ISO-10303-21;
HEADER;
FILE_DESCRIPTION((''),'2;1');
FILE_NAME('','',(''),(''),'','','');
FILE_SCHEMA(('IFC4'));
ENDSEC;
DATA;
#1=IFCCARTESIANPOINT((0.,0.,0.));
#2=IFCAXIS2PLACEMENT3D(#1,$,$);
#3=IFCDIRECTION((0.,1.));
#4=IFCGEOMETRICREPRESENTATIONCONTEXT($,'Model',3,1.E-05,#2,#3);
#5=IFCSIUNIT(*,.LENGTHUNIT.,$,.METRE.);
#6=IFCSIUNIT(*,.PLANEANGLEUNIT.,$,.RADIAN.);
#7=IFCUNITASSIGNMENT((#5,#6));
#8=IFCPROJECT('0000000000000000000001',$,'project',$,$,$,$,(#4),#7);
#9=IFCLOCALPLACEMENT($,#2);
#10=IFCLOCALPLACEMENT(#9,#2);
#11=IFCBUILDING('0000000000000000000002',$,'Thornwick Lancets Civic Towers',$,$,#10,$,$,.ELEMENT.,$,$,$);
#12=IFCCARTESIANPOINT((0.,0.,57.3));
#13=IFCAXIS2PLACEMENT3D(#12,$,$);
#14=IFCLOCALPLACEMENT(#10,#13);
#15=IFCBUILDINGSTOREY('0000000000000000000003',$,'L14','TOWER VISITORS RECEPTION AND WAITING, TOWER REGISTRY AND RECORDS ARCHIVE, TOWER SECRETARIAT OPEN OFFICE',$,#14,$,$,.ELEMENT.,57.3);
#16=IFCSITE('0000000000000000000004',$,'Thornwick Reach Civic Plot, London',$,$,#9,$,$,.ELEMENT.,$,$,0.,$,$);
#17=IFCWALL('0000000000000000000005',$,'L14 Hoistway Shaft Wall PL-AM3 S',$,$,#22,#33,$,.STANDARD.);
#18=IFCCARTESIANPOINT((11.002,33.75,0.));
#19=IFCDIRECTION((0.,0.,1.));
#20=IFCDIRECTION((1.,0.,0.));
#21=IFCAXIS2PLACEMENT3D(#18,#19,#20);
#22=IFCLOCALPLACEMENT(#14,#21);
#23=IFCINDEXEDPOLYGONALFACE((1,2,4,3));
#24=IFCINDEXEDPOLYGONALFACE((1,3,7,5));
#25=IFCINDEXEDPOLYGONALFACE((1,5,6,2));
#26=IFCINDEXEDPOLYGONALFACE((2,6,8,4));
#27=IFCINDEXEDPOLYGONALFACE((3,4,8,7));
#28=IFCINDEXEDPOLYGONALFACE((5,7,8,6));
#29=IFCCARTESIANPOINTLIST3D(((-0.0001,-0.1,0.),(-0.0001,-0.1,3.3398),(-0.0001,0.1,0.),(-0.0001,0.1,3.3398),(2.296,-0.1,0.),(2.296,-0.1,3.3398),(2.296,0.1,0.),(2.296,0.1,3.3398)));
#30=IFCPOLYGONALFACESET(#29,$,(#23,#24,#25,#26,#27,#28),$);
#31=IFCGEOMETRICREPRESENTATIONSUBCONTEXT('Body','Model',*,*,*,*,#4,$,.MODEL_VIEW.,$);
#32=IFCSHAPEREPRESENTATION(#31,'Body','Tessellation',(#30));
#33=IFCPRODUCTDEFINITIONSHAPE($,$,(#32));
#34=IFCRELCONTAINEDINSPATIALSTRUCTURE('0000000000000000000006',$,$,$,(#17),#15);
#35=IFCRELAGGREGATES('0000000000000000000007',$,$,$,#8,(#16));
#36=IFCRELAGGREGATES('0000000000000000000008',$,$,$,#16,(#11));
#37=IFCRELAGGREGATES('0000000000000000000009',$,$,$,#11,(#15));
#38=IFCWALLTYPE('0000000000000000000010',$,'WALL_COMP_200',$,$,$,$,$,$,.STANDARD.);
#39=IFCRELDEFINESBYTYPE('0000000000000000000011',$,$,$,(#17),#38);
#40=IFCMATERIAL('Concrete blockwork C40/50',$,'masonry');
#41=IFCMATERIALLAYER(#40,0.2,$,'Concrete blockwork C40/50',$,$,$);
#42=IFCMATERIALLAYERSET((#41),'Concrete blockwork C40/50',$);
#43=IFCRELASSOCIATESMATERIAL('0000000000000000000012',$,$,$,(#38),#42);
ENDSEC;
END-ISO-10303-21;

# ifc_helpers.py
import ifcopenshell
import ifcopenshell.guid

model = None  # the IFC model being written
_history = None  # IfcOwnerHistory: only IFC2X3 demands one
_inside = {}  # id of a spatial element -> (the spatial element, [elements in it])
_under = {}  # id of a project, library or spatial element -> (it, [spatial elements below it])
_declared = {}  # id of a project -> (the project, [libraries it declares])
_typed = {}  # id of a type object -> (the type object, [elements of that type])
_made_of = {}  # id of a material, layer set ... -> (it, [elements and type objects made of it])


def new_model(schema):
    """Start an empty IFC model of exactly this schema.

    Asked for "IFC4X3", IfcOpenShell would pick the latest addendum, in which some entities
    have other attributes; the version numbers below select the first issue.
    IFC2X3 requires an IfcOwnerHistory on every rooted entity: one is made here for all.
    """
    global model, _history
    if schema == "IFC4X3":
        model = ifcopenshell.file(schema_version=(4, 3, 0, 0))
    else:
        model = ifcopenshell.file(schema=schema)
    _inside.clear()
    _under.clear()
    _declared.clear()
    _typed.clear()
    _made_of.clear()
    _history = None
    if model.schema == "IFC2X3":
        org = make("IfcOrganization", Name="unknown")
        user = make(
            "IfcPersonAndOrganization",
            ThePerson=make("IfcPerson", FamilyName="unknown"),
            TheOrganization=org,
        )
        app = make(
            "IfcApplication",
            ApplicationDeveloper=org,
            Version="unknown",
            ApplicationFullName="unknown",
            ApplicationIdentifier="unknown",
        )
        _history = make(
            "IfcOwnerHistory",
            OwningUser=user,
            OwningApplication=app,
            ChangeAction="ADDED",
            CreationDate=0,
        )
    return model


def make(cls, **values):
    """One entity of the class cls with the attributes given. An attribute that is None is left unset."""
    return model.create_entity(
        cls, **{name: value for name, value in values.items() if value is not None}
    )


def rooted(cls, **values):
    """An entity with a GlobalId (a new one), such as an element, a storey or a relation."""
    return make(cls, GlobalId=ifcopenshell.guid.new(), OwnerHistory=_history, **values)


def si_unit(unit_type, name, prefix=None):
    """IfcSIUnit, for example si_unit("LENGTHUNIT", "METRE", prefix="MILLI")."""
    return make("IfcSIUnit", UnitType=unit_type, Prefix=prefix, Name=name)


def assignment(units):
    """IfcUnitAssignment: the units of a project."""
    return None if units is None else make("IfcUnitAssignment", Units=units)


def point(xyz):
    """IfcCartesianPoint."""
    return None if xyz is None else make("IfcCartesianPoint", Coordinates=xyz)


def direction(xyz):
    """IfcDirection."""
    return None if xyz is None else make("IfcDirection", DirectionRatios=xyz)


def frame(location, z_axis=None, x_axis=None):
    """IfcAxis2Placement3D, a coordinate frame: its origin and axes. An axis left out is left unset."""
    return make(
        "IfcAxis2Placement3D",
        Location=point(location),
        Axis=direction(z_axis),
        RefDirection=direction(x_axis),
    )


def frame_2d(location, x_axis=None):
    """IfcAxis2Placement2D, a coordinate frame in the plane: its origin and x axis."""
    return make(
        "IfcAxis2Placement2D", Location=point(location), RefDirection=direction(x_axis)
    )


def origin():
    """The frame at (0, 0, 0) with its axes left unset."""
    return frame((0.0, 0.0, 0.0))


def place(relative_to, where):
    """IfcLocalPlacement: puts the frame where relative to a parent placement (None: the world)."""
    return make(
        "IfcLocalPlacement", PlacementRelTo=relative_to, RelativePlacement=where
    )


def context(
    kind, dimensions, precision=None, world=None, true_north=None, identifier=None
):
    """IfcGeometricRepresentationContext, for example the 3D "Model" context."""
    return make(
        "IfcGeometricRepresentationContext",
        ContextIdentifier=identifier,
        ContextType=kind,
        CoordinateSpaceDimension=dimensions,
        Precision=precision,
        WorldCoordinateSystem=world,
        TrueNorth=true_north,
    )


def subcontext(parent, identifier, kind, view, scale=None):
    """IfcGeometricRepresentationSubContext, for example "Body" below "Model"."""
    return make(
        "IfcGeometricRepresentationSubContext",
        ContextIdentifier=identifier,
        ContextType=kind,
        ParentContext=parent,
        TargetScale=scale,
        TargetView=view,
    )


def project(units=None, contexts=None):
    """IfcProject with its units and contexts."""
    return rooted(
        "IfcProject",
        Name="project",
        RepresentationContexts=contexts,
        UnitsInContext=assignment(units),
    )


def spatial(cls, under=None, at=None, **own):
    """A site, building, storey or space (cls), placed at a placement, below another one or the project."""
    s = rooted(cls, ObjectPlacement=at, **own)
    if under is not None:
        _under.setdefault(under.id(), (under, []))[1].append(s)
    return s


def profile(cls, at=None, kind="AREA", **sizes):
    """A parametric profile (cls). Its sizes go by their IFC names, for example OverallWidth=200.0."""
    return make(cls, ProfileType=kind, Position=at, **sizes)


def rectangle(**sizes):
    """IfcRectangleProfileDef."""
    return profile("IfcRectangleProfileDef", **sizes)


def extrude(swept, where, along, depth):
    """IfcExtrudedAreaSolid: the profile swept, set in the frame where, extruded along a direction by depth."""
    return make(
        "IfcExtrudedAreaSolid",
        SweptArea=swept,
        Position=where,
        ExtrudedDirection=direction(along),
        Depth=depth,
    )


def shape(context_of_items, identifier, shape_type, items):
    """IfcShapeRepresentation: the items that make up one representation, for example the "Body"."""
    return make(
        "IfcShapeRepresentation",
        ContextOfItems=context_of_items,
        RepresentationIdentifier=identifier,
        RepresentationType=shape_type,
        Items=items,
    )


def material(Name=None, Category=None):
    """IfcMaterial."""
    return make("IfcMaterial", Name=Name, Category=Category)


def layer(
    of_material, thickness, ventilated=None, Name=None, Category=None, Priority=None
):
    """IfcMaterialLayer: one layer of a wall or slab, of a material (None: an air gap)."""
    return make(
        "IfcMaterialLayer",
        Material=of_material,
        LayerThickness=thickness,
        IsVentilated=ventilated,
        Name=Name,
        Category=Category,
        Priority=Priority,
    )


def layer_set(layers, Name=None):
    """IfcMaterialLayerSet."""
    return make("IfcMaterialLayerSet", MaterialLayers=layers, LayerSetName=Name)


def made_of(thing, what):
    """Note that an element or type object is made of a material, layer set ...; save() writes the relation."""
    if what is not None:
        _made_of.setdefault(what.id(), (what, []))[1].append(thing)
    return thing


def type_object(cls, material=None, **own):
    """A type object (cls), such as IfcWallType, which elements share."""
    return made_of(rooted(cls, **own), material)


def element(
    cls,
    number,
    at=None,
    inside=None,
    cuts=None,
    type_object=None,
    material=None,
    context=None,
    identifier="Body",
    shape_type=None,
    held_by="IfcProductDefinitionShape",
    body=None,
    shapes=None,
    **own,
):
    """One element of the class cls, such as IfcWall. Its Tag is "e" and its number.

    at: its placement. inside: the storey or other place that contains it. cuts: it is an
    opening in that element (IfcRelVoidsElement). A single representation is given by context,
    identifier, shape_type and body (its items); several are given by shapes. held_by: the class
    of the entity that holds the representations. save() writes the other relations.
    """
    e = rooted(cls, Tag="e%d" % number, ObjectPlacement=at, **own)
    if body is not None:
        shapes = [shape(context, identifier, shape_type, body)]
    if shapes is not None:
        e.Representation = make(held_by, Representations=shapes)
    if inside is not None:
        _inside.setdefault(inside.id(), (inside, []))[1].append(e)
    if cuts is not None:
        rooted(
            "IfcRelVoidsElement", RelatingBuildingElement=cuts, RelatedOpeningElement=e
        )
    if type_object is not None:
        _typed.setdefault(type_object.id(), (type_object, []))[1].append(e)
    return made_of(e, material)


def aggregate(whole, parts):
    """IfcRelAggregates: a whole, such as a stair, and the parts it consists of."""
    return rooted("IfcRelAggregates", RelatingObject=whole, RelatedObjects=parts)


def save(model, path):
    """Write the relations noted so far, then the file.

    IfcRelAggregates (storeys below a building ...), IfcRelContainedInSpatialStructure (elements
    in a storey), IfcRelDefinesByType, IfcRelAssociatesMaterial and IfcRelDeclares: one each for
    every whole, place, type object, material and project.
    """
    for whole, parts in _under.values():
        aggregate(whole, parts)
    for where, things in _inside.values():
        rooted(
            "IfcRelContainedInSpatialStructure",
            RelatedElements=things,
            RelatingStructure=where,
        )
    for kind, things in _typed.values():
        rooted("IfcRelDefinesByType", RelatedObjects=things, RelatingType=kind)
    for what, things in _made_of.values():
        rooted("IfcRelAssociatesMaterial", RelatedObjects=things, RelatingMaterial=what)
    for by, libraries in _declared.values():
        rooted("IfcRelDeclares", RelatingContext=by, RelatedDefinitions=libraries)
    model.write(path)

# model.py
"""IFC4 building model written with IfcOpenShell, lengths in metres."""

from ifc_helpers import new_model, si_unit, direction, frame, frame_2d, origin, place, context, subcontext, project, spatial, rectangle, extrude, material, layer, layer_set, type_object, element, save


model = new_model("IFC4")

# Units and contexts
model_context = context("Model", 3, precision=1e-05, world=origin(), true_north=direction((0.0, 1.0)))
body_context = subcontext(model_context, "Body", "Model", "MODEL_VIEW")
ifc_project = project(units=[si_unit("LENGTHUNIT", "METRE"), si_unit("PLANEANGLEUNIT", "RADIAN")], contexts=[model_context])

# Site, building, storey
site_placement = place(None, origin())
site = spatial("IfcSite", under=ifc_project, at=site_placement, Name="Thornwick Reach Civic Plot, London", CompositionType="ELEMENT", RefElevation=0.0)
building_placement = place(site_placement, origin())
building = spatial("IfcBuilding", under=site, at=building_placement, Name="Thornwick Lancets Civic Towers", CompositionType="ELEMENT")
storey_placement = place(building_placement, frame((0.0, 0.0, 57.3)))
storey = spatial("IfcBuildingStorey", under=building, at=storey_placement, Name="L14", Description="TOWER VISITORS RECEPTION AND WAITING, TOWER REGISTRY AND RECORDS ARCHIVE, TOWER SECRETARIAT OPEN OFFICE", CompositionType="ELEMENT", Elevation=57.3)

# Wall
ifc_material_1 = material(Name="Concrete blockwork C40/50", Category="masonry")
ifc_layer_1 = layer(ifc_material_1, 0.2, Name="Concrete blockwork C40/50")
ifc_layer_set_1 = layer_set([ifc_layer_1], Name="Concrete blockwork C40/50")
wall_type_1 = type_object("IfcWallType", Name="WALL_COMP_200", PredefinedType="STANDARD", material=ifc_layer_set_1)
wall_1_placement = place(storey_placement, frame((11.002, 33.75, 0.0), z_axis=(0.0, 0.0, 1.0), x_axis=(1.0, 0.0, 0.0)))
element("IfcWall", 1, at=wall_1_placement, inside=storey, type_object=wall_type_1, Name="L14 Hoistway Shaft Wall PL-AM3 S", PredefinedType="STANDARD", context=body_context, shape_type="SweptSolid", body=[
    extrude(rectangle(XDim=2.2961, YDim=0.2, at=frame_2d((1.1479, 0.0))), origin(), (0.0, 0.0, 1.0), 3.3398),
])

save(model, "model.ifc")
